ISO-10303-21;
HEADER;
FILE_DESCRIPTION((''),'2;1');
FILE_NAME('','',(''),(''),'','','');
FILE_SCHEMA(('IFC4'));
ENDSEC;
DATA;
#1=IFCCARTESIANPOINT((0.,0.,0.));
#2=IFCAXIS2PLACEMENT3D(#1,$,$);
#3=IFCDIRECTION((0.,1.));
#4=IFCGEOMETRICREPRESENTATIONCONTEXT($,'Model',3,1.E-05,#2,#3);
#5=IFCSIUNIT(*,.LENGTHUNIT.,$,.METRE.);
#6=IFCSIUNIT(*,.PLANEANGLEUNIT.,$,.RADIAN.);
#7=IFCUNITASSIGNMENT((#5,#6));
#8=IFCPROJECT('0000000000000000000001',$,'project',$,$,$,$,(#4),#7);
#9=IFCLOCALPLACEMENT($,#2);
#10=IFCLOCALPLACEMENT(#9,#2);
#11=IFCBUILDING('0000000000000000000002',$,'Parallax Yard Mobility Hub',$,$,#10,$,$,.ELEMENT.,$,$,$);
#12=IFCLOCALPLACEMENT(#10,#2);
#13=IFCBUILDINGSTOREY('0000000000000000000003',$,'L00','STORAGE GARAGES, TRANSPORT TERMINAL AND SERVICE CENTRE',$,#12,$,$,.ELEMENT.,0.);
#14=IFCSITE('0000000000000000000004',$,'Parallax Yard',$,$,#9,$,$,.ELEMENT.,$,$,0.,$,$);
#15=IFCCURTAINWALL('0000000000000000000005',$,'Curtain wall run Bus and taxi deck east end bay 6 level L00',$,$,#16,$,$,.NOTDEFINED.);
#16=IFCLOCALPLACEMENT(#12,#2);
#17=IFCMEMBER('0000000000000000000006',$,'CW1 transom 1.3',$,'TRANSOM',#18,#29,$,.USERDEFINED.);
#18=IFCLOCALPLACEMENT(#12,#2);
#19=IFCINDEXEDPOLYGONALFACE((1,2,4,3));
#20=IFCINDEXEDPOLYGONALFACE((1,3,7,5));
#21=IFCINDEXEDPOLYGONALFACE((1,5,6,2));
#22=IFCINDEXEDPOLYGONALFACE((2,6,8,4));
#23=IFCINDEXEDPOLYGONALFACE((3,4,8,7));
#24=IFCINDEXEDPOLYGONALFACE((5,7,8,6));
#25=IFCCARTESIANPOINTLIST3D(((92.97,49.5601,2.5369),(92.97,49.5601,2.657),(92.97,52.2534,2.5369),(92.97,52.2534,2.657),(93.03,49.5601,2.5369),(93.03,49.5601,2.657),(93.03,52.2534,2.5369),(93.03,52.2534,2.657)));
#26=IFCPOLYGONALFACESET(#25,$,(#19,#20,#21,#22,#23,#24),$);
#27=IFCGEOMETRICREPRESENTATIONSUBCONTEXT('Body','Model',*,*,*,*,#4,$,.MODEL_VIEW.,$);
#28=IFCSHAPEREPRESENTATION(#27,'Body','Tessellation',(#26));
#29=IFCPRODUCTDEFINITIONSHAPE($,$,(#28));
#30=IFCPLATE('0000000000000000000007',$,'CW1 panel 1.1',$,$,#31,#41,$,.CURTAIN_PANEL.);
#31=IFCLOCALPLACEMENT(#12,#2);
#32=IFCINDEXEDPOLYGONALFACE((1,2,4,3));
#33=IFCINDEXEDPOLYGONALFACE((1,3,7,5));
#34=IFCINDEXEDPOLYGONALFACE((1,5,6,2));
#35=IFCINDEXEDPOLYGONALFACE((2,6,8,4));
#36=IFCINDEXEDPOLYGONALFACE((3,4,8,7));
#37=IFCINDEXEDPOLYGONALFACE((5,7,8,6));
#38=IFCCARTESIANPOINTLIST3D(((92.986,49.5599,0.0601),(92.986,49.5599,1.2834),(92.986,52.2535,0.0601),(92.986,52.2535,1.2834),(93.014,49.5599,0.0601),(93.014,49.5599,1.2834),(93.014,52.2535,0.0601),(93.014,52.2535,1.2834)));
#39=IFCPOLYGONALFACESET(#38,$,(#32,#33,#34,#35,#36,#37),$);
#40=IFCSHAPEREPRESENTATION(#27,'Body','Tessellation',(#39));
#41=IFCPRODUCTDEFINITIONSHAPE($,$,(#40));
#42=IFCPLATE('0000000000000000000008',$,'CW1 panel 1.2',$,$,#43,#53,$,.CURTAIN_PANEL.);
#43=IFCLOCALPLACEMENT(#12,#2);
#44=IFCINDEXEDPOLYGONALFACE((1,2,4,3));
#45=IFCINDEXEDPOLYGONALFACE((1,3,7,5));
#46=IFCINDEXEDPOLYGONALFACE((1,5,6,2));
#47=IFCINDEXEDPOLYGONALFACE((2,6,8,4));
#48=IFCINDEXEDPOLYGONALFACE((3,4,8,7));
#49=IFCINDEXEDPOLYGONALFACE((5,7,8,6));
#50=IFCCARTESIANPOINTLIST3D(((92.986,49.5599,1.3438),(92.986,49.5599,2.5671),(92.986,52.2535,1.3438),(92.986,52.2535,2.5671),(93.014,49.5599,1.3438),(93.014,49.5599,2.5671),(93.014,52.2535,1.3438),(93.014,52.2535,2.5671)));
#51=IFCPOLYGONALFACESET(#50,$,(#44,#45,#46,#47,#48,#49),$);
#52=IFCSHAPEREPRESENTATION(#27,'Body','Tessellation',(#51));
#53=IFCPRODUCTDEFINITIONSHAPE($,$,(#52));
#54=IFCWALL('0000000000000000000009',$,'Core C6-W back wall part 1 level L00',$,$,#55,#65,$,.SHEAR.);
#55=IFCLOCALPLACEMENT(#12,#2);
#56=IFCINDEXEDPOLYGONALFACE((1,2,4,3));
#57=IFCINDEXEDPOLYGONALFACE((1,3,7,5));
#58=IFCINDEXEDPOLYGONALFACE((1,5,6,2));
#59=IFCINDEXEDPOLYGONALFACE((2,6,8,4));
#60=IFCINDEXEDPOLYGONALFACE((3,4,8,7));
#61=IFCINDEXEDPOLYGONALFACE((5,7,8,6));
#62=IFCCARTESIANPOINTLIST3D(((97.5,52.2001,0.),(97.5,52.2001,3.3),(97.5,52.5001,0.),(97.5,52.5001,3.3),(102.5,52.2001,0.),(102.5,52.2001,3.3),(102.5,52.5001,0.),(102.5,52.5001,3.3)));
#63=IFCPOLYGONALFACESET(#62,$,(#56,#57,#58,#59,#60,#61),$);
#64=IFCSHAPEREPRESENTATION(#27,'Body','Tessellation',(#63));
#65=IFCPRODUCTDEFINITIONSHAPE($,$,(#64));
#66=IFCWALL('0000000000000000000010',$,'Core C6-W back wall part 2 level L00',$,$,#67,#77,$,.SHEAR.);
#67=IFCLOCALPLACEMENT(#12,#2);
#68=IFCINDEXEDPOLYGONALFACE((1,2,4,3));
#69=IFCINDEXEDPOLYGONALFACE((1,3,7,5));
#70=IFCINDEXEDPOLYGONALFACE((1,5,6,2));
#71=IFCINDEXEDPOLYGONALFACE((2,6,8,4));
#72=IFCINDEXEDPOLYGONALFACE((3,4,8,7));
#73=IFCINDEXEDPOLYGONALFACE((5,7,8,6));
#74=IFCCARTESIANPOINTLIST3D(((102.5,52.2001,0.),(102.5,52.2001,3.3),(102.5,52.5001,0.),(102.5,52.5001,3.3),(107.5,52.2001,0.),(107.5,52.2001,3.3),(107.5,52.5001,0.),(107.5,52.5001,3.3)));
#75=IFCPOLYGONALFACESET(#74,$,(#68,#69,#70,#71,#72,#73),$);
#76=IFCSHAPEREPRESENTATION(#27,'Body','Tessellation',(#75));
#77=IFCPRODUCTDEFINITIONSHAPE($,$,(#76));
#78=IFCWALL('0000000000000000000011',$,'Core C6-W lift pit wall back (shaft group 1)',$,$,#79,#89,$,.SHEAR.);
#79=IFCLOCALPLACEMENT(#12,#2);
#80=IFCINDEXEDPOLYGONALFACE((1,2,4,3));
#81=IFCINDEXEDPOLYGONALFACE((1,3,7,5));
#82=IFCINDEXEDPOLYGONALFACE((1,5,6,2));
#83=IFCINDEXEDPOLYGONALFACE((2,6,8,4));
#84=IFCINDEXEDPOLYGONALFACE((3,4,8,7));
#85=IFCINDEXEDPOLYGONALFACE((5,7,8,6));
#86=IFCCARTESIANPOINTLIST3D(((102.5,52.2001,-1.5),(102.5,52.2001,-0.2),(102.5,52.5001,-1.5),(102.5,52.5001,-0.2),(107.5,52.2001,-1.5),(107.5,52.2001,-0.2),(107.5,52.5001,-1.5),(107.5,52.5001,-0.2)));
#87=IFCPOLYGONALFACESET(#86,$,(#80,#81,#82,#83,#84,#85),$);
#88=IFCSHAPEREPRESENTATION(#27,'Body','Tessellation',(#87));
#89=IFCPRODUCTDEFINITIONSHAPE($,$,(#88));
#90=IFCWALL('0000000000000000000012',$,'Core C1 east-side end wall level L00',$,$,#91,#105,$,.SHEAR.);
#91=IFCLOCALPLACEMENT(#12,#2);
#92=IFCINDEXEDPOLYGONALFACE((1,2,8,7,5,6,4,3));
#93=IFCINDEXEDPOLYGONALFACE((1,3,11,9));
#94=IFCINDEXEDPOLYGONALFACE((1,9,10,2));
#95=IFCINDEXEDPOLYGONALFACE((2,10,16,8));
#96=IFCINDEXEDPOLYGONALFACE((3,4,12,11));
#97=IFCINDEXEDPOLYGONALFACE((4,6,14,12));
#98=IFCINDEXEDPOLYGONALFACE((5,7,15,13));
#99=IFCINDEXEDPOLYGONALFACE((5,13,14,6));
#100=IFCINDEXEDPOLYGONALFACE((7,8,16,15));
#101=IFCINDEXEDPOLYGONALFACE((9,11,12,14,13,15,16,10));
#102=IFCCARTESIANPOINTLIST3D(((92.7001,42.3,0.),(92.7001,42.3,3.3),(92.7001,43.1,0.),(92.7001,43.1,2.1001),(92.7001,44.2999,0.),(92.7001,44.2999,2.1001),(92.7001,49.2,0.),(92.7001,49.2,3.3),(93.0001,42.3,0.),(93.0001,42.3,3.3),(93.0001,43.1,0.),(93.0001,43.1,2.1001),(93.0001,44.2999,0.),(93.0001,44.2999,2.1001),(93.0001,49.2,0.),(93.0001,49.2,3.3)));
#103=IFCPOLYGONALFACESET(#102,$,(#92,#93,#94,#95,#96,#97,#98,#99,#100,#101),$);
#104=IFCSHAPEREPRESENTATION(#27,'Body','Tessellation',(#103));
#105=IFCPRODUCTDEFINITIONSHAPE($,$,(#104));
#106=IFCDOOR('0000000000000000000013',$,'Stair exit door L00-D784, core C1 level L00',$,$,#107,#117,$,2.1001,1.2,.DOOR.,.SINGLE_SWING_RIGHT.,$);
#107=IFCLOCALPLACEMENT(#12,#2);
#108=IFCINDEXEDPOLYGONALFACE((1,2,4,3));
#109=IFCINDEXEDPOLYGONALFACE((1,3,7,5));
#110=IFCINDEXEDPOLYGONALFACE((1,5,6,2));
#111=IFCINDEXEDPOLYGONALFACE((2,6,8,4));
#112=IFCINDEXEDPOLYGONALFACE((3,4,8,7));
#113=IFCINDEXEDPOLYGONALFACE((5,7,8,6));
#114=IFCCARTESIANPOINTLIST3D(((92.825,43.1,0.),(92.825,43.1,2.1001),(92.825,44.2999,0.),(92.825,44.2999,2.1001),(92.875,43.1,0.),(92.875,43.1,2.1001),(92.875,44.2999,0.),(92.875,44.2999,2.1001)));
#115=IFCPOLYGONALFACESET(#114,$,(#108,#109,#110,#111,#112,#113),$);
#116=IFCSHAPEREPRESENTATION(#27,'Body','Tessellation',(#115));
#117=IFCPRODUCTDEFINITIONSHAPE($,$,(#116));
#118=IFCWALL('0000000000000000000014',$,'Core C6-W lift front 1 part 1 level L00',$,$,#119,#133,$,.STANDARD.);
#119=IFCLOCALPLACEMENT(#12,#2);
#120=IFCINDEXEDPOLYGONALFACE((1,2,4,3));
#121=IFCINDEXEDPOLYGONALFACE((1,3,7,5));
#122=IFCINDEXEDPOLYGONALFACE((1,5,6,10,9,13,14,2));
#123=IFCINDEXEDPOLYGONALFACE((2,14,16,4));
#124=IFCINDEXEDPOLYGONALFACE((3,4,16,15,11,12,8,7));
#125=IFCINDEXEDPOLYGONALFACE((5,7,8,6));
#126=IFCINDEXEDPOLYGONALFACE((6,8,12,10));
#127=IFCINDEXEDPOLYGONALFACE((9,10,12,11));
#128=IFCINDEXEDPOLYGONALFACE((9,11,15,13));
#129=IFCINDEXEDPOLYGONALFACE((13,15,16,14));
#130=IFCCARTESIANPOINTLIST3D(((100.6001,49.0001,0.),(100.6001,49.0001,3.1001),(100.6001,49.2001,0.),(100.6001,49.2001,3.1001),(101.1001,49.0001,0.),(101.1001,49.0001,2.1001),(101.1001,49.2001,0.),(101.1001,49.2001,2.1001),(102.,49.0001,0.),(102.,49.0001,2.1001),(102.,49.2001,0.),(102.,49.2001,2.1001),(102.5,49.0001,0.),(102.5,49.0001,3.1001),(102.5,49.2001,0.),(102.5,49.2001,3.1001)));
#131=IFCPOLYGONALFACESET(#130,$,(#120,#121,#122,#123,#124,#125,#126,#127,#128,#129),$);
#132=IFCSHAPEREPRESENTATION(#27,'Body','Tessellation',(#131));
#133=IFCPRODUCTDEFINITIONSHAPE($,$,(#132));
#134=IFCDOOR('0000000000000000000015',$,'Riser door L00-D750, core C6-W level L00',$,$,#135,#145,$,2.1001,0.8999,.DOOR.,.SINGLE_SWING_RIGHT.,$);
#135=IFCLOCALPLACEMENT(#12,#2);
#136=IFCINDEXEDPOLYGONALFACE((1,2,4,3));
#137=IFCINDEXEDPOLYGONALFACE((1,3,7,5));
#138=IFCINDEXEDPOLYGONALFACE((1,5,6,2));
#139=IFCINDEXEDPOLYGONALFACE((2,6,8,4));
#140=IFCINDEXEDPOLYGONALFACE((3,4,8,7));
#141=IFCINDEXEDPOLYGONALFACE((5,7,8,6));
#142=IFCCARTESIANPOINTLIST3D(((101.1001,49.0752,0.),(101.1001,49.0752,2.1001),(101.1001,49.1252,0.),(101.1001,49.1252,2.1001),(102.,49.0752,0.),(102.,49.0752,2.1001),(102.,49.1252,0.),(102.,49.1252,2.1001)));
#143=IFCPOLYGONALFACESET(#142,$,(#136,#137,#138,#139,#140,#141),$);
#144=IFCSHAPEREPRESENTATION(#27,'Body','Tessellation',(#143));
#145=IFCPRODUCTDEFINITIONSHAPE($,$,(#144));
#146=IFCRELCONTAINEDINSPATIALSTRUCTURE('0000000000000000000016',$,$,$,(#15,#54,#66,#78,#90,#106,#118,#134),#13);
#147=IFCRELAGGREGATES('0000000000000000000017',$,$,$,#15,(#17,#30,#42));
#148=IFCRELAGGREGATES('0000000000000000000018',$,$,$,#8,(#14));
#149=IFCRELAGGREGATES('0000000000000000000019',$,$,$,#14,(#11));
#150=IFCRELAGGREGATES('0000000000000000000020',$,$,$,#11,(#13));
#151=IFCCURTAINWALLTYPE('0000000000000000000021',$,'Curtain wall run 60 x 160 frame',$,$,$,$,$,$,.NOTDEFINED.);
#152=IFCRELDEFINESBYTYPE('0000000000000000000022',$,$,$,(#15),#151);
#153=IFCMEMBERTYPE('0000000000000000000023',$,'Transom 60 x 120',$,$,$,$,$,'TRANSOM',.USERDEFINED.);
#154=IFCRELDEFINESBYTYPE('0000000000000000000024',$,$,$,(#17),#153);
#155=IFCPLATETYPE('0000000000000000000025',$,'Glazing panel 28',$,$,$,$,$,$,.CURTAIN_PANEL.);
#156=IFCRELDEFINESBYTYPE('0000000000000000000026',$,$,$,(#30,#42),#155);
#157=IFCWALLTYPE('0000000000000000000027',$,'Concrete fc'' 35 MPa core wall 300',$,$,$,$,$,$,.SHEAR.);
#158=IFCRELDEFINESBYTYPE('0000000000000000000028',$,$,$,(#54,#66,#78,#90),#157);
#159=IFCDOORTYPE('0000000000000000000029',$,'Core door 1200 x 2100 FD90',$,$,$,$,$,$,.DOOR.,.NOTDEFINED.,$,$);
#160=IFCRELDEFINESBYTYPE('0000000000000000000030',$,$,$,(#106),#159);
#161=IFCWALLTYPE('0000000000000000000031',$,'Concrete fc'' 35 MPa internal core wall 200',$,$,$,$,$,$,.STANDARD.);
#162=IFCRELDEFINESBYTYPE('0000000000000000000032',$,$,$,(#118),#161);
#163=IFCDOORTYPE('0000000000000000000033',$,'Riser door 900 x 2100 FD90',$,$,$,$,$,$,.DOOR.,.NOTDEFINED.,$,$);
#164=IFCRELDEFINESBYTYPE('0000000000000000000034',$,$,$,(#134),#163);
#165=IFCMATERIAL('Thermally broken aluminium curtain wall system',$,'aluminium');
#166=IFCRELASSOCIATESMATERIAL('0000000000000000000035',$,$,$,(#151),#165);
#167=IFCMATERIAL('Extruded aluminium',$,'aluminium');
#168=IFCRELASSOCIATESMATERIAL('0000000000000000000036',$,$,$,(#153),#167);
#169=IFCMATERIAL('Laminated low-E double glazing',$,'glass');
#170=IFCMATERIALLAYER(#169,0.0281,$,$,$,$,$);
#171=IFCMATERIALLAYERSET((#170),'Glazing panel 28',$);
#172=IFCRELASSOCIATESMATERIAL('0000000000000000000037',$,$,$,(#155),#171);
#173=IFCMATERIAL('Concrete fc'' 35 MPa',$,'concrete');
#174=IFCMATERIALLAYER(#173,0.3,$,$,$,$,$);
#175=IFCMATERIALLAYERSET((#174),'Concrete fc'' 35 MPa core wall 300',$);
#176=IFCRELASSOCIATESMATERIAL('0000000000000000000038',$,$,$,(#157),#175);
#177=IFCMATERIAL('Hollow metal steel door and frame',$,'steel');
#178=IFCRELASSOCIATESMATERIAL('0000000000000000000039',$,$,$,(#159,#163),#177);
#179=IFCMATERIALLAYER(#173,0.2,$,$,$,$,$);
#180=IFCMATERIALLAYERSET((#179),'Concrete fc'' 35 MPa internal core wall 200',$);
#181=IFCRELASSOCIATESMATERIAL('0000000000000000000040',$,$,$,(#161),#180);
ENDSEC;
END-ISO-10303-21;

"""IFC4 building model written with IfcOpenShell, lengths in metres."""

from ifc_helpers import new_model, si_unit, direction, frame, frame_2d, origin, origin_2d, place, context, subcontext, project, spatial, rectangle, extrude, material, layer, layer_set, material_profile, profile_set, type_object, element, fill, aggregate, save


model = new_model("IFC4")

# Units and contexts
model_context = context("Model", 3, precision=1e-05, world=origin(), true_north=direction((0.0, 1.0)))
body_context = subcontext(model_context, "Body", "Model", "MODEL_VIEW")
ifc_project = project(units=[si_unit("LENGTHUNIT", "METRE"), si_unit("PLANEANGLEUNIT", "RADIAN")], contexts=[model_context])

# Site, building, storey
site_placement = place(None, origin())
site = spatial("IfcSite", under=ifc_project, at=site_placement, Name="Parallax Yard", CompositionType="ELEMENT", RefElevation=0.0)
building_placement = place(site_placement, origin())
building = spatial("IfcBuilding", under=site, at=building_placement, Name="Parallax Yard Mobility Hub", CompositionType="ELEMENT")
storey_placement = place(building_placement, origin())
storey = spatial("IfcBuildingStorey", under=building, at=storey_placement, Name="L00", Description="STORAGE GARAGES, TRANSPORT TERMINAL AND SERVICE CENTRE", CompositionType="ELEMENT", Elevation=0.0)

# Curtain wall, member, plates
ifc_material_1 = material(Name="Thermally broken aluminium curtain wall system", Category="aluminium")
curtain_wall_type = type_object("IfcCurtainWallType", Name="Curtain wall run 60 x 160 frame", PredefinedType="NOTDEFINED", material=ifc_material_1)
curtain_wall_placement = place(storey_placement, origin())
curtain_wall = element("IfcCurtainWall", 1, at=curtain_wall_placement, inside=storey, type_object=curtain_wall_type, Name="Curtain wall run Bus and taxi deck east end bay 6 level L00", PredefinedType="NOTDEFINED")
ifc_material_2 = material(Name="Extruded aluminium", Category="aluminium")
ifc_material_profile_1 = material_profile(ifc_material_2, rectangle(XDim=0.0601, YDim=0.1201, at=origin_2d()), Name="Transom 60 x 120")
ifc_profile_set_1 = profile_set([ifc_material_profile_1], Name="Extruded aluminium")
member_type_1 = type_object("IfcMemberType", Name="Transom 60 x 120", ElementType="TRANSOM", PredefinedType="USERDEFINED", material=ifc_profile_set_1)
member_1_placement = place(storey_placement, frame((93.0, 49.5601, 2.5969), z_axis=(0.0, 1.0, 0.0), x_axis=(-1.0, 0.0, 0.0)))
member_1 = element("IfcMember", 2, at=member_1_placement, type_object=member_type_1, Name="CW1 transom 1.3", ObjectType="TRANSOM", PredefinedType="USERDEFINED", context=body_context, shape_type="SweptSolid", body=[
    extrude(rectangle(XDim=0.0601, YDim=0.1201, at=origin_2d()), origin(), (0.0, 0.0, 1.0), 2.6934),
])
ifc_material_3 = material(Name="Laminated low-E double glazing", Category="glass")
ifc_layer_1 = layer(ifc_material_3, 0.0281)
ifc_layer_set_1 = layer_set([ifc_layer_1], Name="Glazing panel 28")
plate_type = type_object("IfcPlateType", Name="Glazing panel 28", PredefinedType="CURTAIN_PANEL", material=ifc_layer_set_1)
plate_1_placement = place(storey_placement, frame((93.0, 50.9067, 0.0601), z_axis=(0.0, 0.0, 1.0), x_axis=(0.0, 1.0, 0.0)))
plate_1 = element("IfcPlate", 3, at=plate_1_placement, type_object=plate_type, Name="CW1 panel 1.1", PredefinedType="CURTAIN_PANEL", context=body_context, shape_type="SweptSolid", body=[
    extrude(rectangle(XDim=2.6936, YDim=0.0281, at=origin_2d()), origin(), (0.0, 0.0, 1.0), 1.2234),
])
plate_2_placement = place(storey_placement, frame((93.0, 50.9067, 1.3438), z_axis=(0.0, 0.0, 1.0), x_axis=(0.0, 1.0, 0.0)))
plate_2 = element("IfcPlate", 4, at=plate_2_placement, type_object=plate_type, Name="CW1 panel 1.2", PredefinedType="CURTAIN_PANEL", context=body_context, shape_type="SweptSolid", body=[
    extrude(rectangle(XDim=2.6936, YDim=0.0281, at=origin_2d()), origin(), (0.0, 0.0, 1.0), 1.2234),
])
aggregate(curtain_wall, [member_1, plate_1, plate_2])

# Walls
ifc_material_4 = material(Name="Concrete fc' 35 MPa", Category="concrete")
ifc_layer_2 = layer(ifc_material_4, 0.3)
ifc_layer_set_2 = layer_set([ifc_layer_2], Name="Concrete fc' 35 MPa core wall 300")
wall_type_1 = type_object("IfcWallType", Name="Concrete fc' 35 MPa core wall 300", PredefinedType="SHEAR", material=ifc_layer_set_2)
for number, where, z_axis, x_axis, name in (
    (5, (97.5, 52.3501, 0.0), (0.0, 0.0, 1.0), (1.0, 0.0, 0.0), "Core C6-W back wall part 1 level L00"),
    (6, (102.5, 52.3501, 0.0), (0.0, 0.0, 1.0), (1.0, 0.0, 0.0), "Core C6-W back wall part 2 level L00"),
):
    element("IfcWall", number, at=place(storey_placement, frame(where, z_axis=z_axis, x_axis=x_axis)), inside=storey, type_object=wall_type_1, Name=name, PredefinedType="SHEAR", context=body_context, shape_type="SweptSolid", body=[
        extrude(rectangle(XDim=5.0, YDim=0.3, at=frame_2d((2.5, 0.0))), origin(), (0.0, 0.0, 1.0), 3.3),
    ])
wall_1_placement = place(storey_placement, frame((102.5, 52.3501, -1.5), z_axis=(0.0, 0.0, 1.0), x_axis=(1.0, 0.0, 0.0)))
element("IfcWall", 7, at=wall_1_placement, inside=storey, type_object=wall_type_1, Name="Core C6-W lift pit wall back (shaft group 1)", PredefinedType="SHEAR", context=body_context, shape_type="SweptSolid", body=[
    extrude(rectangle(XDim=5.0, YDim=0.3, at=frame_2d((2.5, 0.0))), origin(), (0.0, 0.0, 1.0), 1.3),
])

# Walls, openings, doors
wall_2_placement = place(storey_placement, frame((92.8501, 49.2, 0.0), z_axis=(0.0, 0.0, 1.0), x_axis=(0.0, -1.0, 0.0)))
wall_2 = element("IfcWall", 8, at=wall_2_placement, inside=storey, type_object=wall_type_1, Name="Core C1 east-side end wall level L00", PredefinedType="SHEAR", context=body_context, shape_type="SweptSolid", body=[
    extrude(rectangle(XDim=6.8999, YDim=0.3, at=frame_2d((3.45, 0.0))), origin(), (0.0, 0.0, 1.0), 3.3),
])
opening_1_placement = place(wall_2_placement, frame((4.8999, 0.0, 0.0)))
opening_1 = element("IfcOpeningElement", 9, at=opening_1_placement, cuts=wall_2, PredefinedType="OPENING", context=body_context, shape_type="SweptSolid", body=[
    extrude(rectangle(XDim=1.2, YDim=2.1001, at=frame_2d((0.6001, 1.05))), frame((0.0, 0.1602, 0.0), z_axis=(0.0, -1.0, 0.0), x_axis=(1.0, 0.0, 0.0)), (0.0, 0.0, 1.0), 0.3201),
])
ifc_material_5 = material(Name="Hollow metal steel door and frame", Category="steel")
door_type_1 = type_object("IfcDoorType", Name="Core door 1200 x 2100 FD90", OperationType="NOTDEFINED", PredefinedType="DOOR", material=ifc_material_5)
door_1_placement = place(opening_1_placement, origin())
door_1 = element("IfcDoor", 10, at=door_1_placement, inside=storey, type_object=door_type_1, Name="Stair exit door L00-D784, core C1 level L00", OperationType="SINGLE_SWING_RIGHT", OverallHeight=2.1001, OverallWidth=1.2, PredefinedType="DOOR", context=body_context, shape_type="SweptSolid", body=[
    extrude(rectangle(XDim=1.2, YDim=2.1001, at=frame_2d((0.6001, 1.05))), frame((0.0, 0.0249, 0.0), z_axis=(0.0, -1.0, 0.0), x_axis=(1.0, 0.0, 0.0)), (0.0, 0.0, 1.0), 0.05),
])
fill(opening_1, door_1)
ifc_layer_3 = layer(ifc_material_4, 0.2)
ifc_layer_set_3 = layer_set([ifc_layer_3], Name="Concrete fc' 35 MPa internal core wall 200")
wall_type_2 = type_object("IfcWallType", Name="Concrete fc' 35 MPa internal core wall 200", PredefinedType="STANDARD", material=ifc_layer_set_3)
wall_3_placement = place(storey_placement, frame((102.5, 49.1001, 0.0), z_axis=(0.0, 0.0, 1.0), x_axis=(-1.0, 0.0, 0.0)))
wall_3 = element("IfcWall", 11, at=wall_3_placement, inside=storey, type_object=wall_type_2, Name="Core C6-W lift front 1 part 1 level L00", PredefinedType="STANDARD", context=body_context, shape_type="SweptSolid", body=[
    extrude(rectangle(XDim=1.8999, YDim=0.2, at=frame_2d((0.95, 0.0))), origin(), (0.0, 0.0, 1.0), 3.1001),
])
opening_2_placement = place(wall_3_placement, frame((0.5, 0.0, 0.0)))
opening_2 = element("IfcOpeningElement", 12, at=opening_2_placement, cuts=wall_3, PredefinedType="OPENING", context=body_context, shape_type="SweptSolid", body=[
    extrude(rectangle(XDim=0.8999, YDim=2.1001, at=frame_2d((0.45, 1.05))), frame((0.0, 0.1099, 0.0), z_axis=(0.0, -1.0, 0.0), x_axis=(1.0, 0.0, 0.0)), (0.0, 0.0, 1.0), 0.22),
])
door_type_2 = type_object("IfcDoorType", Name="Riser door 900 x 2100 FD90", OperationType="NOTDEFINED", PredefinedType="DOOR", material=ifc_material_5)
door_2_placement = place(opening_2_placement, origin())
door_2 = element("IfcDoor", 13, at=door_2_placement, inside=storey, type_object=door_type_2, Name="Riser door L00-D750, core C6-W level L00", OperationType="SINGLE_SWING_RIGHT", OverallHeight=2.1001, OverallWidth=0.8999, PredefinedType="DOOR", context=body_context, shape_type="SweptSolid", body=[
    extrude(rectangle(XDim=0.8999, YDim=2.1001, at=frame_2d((0.45, 1.05))), frame((0.0, 0.0249, 0.0), z_axis=(0.0, -1.0, 0.0), x_axis=(1.0, 0.0, 0.0)), (0.0, 0.0, 1.0), 0.05),
])
fill(opening_2, door_2)

save(model, "model.ifc")
